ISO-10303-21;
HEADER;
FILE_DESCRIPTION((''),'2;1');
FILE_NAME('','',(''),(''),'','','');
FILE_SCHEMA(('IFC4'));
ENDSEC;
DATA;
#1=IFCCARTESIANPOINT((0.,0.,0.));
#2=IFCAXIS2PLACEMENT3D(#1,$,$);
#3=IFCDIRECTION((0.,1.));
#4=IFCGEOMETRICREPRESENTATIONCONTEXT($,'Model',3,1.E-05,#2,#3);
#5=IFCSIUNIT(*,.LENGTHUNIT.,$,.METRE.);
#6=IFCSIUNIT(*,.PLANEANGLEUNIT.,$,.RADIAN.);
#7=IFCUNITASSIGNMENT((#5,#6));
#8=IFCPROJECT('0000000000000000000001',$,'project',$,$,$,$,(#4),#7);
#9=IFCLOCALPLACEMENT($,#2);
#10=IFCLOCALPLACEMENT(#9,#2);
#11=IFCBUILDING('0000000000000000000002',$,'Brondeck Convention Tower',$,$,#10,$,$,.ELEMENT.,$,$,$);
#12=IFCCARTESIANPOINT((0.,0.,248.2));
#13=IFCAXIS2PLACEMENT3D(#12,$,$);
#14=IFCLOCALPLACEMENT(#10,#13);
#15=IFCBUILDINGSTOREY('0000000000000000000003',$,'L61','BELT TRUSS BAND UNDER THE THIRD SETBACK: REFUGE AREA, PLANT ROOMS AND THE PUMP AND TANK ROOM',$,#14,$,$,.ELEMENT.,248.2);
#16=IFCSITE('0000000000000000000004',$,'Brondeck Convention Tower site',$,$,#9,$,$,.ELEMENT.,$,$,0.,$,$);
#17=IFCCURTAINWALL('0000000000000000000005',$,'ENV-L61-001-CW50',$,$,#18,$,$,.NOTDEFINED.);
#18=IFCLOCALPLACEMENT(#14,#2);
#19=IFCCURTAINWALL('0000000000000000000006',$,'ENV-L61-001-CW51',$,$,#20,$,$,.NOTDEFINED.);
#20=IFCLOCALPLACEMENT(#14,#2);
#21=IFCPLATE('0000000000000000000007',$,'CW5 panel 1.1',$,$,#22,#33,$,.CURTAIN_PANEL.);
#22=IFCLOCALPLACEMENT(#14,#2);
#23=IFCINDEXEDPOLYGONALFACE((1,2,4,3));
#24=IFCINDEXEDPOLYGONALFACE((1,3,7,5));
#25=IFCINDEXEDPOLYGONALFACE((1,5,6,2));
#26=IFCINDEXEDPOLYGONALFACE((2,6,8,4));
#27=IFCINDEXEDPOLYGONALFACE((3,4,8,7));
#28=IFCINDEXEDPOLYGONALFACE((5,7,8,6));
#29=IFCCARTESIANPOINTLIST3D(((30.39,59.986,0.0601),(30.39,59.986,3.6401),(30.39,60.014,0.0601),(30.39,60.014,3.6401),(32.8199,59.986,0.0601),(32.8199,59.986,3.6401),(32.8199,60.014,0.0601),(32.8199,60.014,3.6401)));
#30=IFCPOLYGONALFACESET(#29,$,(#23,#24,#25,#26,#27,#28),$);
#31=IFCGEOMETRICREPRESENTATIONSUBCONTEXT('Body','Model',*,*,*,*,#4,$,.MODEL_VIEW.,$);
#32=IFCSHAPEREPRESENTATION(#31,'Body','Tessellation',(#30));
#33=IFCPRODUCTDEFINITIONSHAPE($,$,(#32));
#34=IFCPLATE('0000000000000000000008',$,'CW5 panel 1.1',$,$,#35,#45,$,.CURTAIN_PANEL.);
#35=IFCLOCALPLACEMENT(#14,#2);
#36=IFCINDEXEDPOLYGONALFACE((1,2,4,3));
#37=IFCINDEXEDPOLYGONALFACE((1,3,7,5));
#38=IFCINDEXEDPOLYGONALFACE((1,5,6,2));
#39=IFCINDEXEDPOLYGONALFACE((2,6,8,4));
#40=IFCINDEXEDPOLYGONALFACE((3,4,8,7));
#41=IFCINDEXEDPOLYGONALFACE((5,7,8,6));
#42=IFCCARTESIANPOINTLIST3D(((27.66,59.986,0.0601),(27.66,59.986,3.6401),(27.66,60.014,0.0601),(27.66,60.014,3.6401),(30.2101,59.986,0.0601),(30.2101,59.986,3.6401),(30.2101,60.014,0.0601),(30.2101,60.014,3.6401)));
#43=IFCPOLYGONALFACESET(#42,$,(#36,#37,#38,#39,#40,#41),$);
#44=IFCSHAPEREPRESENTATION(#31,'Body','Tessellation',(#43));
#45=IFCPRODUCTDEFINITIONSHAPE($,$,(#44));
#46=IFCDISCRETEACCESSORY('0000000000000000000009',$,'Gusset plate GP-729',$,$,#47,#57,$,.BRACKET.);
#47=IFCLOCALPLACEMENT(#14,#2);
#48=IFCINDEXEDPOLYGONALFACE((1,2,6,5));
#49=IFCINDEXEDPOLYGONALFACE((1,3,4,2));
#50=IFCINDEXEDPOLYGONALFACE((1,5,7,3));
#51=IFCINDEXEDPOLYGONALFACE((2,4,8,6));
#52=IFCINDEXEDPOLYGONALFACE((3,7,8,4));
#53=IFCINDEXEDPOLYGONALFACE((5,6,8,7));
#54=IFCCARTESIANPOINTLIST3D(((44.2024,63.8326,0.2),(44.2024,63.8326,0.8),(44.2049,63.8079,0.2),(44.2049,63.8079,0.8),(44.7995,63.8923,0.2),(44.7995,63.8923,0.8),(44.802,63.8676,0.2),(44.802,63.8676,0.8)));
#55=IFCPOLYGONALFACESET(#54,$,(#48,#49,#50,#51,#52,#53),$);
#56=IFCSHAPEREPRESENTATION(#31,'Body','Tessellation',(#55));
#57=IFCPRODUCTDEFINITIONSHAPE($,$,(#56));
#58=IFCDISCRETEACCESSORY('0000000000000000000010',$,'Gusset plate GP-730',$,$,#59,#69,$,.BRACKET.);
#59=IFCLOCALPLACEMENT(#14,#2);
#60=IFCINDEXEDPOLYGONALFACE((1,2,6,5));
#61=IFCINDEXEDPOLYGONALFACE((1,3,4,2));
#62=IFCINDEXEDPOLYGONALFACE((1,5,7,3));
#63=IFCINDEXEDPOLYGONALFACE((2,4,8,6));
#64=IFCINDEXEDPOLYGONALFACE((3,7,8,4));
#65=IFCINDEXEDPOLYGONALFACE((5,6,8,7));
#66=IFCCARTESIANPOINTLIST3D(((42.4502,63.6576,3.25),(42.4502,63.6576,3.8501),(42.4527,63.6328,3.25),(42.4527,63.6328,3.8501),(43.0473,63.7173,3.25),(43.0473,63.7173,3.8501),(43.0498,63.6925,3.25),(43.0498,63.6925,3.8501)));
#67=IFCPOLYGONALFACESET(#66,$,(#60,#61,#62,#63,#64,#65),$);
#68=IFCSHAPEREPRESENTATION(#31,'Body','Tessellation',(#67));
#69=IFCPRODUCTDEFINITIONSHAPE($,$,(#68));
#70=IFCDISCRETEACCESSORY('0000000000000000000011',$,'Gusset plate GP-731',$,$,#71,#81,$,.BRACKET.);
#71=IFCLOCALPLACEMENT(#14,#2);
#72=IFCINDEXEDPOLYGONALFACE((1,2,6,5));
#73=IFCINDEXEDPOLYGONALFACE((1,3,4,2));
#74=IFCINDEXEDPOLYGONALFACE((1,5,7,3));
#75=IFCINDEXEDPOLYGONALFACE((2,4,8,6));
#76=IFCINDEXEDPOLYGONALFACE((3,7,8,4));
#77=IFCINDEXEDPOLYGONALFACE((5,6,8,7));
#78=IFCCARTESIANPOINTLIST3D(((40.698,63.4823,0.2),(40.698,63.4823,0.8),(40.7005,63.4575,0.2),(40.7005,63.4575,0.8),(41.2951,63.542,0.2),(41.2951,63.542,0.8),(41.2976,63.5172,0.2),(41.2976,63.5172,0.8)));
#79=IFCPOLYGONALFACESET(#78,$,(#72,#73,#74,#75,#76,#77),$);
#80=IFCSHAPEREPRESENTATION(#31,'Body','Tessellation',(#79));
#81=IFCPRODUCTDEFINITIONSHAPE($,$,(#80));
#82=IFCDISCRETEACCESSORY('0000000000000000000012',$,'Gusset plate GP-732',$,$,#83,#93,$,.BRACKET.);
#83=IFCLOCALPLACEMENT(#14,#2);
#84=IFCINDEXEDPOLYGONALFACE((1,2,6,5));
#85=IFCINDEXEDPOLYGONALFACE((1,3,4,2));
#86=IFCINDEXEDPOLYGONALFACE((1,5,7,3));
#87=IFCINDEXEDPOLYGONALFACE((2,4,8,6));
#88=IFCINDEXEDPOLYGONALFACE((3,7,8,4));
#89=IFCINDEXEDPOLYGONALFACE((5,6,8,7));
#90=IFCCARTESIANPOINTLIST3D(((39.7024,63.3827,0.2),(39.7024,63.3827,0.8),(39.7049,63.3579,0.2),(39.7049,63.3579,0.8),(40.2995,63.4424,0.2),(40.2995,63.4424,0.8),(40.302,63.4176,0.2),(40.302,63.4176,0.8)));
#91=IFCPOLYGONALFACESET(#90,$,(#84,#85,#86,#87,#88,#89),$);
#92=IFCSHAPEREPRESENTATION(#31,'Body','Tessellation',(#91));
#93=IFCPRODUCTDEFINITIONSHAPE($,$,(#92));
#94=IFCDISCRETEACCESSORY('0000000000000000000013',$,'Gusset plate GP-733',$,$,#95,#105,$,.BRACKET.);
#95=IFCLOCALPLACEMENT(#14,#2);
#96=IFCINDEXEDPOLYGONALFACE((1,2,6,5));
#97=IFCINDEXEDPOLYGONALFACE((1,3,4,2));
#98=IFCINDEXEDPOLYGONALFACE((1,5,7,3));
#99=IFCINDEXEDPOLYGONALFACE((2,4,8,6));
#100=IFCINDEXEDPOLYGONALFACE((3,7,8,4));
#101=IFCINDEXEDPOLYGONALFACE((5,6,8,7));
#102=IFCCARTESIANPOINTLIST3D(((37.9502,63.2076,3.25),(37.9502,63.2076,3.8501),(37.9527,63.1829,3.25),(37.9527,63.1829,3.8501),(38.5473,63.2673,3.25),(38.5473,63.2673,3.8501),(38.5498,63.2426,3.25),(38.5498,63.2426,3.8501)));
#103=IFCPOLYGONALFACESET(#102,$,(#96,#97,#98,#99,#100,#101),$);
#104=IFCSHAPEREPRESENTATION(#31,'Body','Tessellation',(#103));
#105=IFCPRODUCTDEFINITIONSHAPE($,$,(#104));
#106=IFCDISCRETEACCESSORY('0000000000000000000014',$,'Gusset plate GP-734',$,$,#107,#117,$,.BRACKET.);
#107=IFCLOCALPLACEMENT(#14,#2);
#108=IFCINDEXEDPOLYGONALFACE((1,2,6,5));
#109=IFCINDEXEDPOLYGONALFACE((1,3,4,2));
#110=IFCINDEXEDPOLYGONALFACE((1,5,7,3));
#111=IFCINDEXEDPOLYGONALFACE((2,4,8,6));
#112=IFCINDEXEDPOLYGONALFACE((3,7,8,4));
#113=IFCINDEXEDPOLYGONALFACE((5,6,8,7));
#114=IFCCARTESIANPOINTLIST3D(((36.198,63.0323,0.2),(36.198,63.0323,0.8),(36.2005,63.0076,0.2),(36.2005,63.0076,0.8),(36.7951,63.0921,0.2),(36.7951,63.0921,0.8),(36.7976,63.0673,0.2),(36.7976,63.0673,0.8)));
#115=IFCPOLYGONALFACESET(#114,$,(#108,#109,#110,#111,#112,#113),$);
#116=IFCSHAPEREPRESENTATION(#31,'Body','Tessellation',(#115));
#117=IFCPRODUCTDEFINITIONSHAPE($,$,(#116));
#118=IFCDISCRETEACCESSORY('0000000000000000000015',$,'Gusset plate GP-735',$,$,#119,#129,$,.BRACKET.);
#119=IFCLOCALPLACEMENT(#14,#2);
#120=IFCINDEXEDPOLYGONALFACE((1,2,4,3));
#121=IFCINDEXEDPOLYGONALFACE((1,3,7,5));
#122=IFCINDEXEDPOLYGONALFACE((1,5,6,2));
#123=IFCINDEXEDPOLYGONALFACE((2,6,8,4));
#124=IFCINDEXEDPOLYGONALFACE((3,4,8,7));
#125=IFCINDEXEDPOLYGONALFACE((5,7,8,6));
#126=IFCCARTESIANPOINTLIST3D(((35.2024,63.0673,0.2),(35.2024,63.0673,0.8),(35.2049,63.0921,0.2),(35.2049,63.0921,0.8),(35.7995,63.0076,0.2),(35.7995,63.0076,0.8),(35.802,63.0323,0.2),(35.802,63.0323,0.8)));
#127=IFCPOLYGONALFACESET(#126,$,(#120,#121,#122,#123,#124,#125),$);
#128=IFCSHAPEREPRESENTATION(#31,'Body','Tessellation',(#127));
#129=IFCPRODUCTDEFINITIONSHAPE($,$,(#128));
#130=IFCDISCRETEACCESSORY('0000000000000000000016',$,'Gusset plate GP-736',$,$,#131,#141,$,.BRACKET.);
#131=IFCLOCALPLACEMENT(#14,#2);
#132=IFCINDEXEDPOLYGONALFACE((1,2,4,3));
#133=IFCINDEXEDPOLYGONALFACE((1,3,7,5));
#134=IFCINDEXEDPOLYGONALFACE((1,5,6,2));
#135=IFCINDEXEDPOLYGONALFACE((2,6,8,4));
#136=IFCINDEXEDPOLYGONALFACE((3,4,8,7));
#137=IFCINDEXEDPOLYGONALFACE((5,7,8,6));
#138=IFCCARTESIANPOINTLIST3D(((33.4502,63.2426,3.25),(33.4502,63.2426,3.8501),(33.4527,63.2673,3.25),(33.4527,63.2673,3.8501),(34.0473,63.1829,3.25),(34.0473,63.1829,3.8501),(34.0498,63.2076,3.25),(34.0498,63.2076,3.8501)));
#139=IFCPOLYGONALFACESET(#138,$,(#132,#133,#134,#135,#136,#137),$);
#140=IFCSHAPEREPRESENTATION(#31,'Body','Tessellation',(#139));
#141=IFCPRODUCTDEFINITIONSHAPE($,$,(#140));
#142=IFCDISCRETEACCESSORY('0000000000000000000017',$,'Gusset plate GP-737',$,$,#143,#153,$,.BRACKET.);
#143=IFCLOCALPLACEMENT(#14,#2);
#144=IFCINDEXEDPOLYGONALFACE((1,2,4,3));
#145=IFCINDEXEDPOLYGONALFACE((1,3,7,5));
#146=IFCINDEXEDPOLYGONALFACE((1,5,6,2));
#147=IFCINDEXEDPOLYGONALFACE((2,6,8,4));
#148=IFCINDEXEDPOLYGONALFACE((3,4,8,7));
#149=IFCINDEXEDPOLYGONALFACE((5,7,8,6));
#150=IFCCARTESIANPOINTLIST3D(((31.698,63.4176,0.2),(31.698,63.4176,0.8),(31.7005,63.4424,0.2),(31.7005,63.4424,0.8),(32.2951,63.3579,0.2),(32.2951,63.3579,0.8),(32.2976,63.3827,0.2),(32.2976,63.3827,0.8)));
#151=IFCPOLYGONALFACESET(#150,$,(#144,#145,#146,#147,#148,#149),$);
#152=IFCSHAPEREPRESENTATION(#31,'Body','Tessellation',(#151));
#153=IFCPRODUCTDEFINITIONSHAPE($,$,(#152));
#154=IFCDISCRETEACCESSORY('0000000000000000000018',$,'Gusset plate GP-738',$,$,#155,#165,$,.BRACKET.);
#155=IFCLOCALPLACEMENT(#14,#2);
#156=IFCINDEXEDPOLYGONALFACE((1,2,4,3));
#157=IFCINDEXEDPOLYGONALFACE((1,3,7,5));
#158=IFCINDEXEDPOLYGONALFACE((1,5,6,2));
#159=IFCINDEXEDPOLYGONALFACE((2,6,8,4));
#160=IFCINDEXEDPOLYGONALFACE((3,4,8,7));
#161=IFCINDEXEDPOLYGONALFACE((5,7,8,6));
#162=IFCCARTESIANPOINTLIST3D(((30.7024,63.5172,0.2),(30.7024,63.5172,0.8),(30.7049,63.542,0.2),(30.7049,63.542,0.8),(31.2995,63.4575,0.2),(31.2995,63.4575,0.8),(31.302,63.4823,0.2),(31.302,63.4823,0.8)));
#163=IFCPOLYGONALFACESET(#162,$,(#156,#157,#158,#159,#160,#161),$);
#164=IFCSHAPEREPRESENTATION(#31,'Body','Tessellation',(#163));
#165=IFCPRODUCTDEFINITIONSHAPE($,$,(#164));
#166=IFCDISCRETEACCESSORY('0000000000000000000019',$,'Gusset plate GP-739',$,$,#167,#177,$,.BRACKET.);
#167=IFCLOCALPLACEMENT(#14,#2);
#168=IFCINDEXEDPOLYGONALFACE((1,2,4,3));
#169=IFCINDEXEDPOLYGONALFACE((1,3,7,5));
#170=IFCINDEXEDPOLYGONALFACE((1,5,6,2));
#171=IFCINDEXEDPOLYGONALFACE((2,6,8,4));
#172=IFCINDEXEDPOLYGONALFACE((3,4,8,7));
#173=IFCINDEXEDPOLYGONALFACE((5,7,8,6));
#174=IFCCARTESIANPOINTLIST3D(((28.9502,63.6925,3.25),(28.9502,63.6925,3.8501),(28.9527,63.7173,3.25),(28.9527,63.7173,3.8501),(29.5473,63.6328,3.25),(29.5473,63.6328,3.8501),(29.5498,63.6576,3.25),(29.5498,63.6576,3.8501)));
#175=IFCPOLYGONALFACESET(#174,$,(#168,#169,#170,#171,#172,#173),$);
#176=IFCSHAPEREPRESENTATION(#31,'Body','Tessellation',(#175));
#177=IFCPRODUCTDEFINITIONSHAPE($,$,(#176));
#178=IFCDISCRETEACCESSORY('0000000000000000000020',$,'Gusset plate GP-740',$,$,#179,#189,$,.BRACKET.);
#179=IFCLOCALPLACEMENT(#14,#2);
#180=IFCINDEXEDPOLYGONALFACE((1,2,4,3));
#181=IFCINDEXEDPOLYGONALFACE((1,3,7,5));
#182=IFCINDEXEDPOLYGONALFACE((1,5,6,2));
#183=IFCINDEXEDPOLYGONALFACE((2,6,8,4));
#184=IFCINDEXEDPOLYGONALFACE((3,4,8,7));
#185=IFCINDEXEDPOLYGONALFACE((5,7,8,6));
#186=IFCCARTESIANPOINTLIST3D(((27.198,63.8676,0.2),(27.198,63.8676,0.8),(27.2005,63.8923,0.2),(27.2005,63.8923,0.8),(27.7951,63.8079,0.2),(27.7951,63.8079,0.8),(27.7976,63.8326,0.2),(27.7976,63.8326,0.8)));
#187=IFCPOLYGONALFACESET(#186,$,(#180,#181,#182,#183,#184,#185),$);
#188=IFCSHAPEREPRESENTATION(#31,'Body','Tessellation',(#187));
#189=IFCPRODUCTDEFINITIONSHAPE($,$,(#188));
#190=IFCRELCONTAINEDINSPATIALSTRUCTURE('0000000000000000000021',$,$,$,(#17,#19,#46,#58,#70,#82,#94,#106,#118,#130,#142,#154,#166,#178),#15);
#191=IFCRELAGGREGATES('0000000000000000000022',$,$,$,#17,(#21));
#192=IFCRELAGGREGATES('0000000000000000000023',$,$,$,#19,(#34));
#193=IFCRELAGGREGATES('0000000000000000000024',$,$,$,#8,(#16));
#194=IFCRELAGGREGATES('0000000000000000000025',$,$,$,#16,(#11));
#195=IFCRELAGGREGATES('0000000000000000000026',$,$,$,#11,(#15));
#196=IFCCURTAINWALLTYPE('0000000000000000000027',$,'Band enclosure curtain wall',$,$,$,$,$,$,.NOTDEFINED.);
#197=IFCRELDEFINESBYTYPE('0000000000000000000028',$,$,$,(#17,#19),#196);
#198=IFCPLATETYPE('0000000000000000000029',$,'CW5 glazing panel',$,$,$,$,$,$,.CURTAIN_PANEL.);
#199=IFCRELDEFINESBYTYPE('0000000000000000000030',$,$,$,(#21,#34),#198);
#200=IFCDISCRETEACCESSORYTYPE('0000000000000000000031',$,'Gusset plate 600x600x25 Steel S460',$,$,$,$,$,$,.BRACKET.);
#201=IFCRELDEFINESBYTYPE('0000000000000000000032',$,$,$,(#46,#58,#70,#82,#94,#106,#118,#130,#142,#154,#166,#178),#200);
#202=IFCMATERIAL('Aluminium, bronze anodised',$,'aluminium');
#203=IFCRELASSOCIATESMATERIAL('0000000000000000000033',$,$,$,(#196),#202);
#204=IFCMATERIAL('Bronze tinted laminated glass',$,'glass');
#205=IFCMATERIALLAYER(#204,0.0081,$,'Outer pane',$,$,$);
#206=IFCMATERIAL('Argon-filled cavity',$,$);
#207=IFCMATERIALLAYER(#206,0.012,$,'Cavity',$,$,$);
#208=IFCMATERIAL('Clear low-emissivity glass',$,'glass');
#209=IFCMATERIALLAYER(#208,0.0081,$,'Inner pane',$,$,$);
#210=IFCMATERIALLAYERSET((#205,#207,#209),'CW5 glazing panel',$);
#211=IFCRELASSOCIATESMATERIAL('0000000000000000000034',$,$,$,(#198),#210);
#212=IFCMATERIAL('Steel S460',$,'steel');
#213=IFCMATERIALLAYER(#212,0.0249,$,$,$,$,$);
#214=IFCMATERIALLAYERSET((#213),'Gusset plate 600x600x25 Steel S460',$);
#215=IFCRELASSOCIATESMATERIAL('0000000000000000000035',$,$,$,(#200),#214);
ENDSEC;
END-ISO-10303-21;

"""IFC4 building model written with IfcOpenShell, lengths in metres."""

from ifc_helpers import new_model, si_unit, direction, frame, origin, origin_2d, place, context, subcontext, project, spatial, rectangle, extrude, material, layer, layer_set, type_object, element, aggregate, save


model = new_model("IFC4")

# Units and contexts
model_context = context("Model", 3, precision=1e-05, world=origin(), true_north=direction((0.0, 1.0)))
body_context = subcontext(model_context, "Body", "Model", "MODEL_VIEW")
ifc_project = project(units=[si_unit("LENGTHUNIT", "METRE"), si_unit("PLANEANGLEUNIT", "RADIAN")], contexts=[model_context])

# Site, building, storey
site_placement = place(None, origin())
site = spatial("IfcSite", under=ifc_project, at=site_placement, Name="Brondeck Convention Tower site", CompositionType="ELEMENT", RefElevation=0.0)
building_placement = place(site_placement, origin())
building = spatial("IfcBuilding", under=site, at=building_placement, Name="Brondeck Convention Tower", CompositionType="ELEMENT")
storey_placement = place(building_placement, frame((0.0, 0.0, 248.2)))
storey = spatial("IfcBuildingStorey", under=building, at=storey_placement, Name="L61", Description="BELT TRUSS BAND UNDER THE THIRD SETBACK: REFUGE AREA, PLANT ROOMS AND THE PUMP AND TANK ROOM", CompositionType="ELEMENT", Elevation=248.2)

# Curtain wall
ifc_material_1 = material(Name="Aluminium, bronze anodised", Category="aluminium")
curtain_wall_type = type_object("IfcCurtainWallType", Name="Band enclosure curtain wall", PredefinedType="NOTDEFINED", material=ifc_material_1)
curtain_wall_1_placement = place(storey_placement, origin())
curtain_wall_1 = element("IfcCurtainWall", 1, at=curtain_wall_1_placement, inside=storey, type_object=curtain_wall_type, Name="ENV-L61-001-CW50", PredefinedType="NOTDEFINED")

# Curtain wall
curtain_wall_2_placement = place(storey_placement, origin())
curtain_wall_2 = element("IfcCurtainWall", 2, at=curtain_wall_2_placement, inside=storey, type_object=curtain_wall_type, Name="ENV-L61-001-CW51", PredefinedType="NOTDEFINED")

# Shared definitions
ifc_material_2 = material(Name="Steel S460", Category="steel")

# Plates
ifc_material_3 = material(Name="Bronze tinted laminated glass", Category="glass")
ifc_layer_1 = layer(ifc_material_3, 0.0081, Name="Outer pane")
ifc_material_4 = material(Name="Argon-filled cavity")
ifc_layer_2 = layer(ifc_material_4, 0.012, Name="Cavity")
ifc_material_5 = material(Name="Clear low-emissivity glass", Category="glass")
ifc_layer_3 = layer(ifc_material_5, 0.0081, Name="Inner pane")
ifc_layer_set_1 = layer_set([ifc_layer_1, ifc_layer_2, ifc_layer_3], Name="CW5 glazing panel")
plate_type = type_object("IfcPlateType", Name="CW5 glazing panel", PredefinedType="CURTAIN_PANEL", material=ifc_layer_set_1)
plate_1_placement = place(storey_placement, frame((31.605, 60.0, 0.0601), z_axis=(0.0, 0.0, 1.0), x_axis=(1.0, 0.0, 0.0)))
plate_1 = element("IfcPlate", 3, at=plate_1_placement, type_object=plate_type, Name="CW5 panel 1.1", PredefinedType="CURTAIN_PANEL", context=body_context, shape_type="SweptSolid", body=[
    extrude(rectangle(XDim=2.4299, YDim=0.0281, at=origin_2d()), origin(), (0.0, 0.0, 1.0), 3.5801),
])
aggregate(curtain_wall_1, [plate_1])
plate_2_placement = place(storey_placement, frame((28.9351, 60.0, 0.0601), z_axis=(0.0, 0.0, 1.0), x_axis=(1.0, 0.0, 0.0)))
plate_2 = element("IfcPlate", 4, at=plate_2_placement, type_object=plate_type, Name="CW5 panel 1.1", PredefinedType="CURTAIN_PANEL", context=body_context, shape_type="SweptSolid", body=[
    extrude(rectangle(XDim=2.55, YDim=0.0281, at=origin_2d()), origin(), (0.0, 0.0, 1.0), 3.5801),
])
aggregate(curtain_wall_2, [plate_2])

# Discrete accessories
ifc_layer_4 = layer(ifc_material_2, 0.0249)
ifc_layer_set_2 = layer_set([ifc_layer_4], Name="Gusset plate 600x600x25 Steel S460")
discrete_accessory_type = type_object("IfcDiscreteAccessoryType", Name="Gusset plate 600x600x25 Steel S460", PredefinedType="BRACKET", material=ifc_layer_set_2)
for number, where, z_axis, x_axis, name in (
    (5, (44.5022, 63.8501, 0.2), (0.0, 0.0, 1.0), (0.995036, 0.099511, 0.0), "Gusset plate GP-729"),
    (6, (42.75, 63.675, 3.25), (0.0, 0.0, 1.0), (0.995036, 0.099511, 0.0), "Gusset plate GP-730"),
    (7, (40.9978, 63.4998, 0.2), (0.0, 0.0, 1.0), (0.995036, 0.099511, 0.0), "Gusset plate GP-731"),
    (8, (40.0022, 63.4001, 0.2), (0.0, 0.0, 1.0), (0.995036, 0.099511, 0.0), "Gusset plate GP-732"),
    (9, (38.25, 63.2251, 3.25), (0.0, 0.0, 1.0), (0.995036, 0.099511, 0.0), "Gusset plate GP-733"),
    (10, (36.4978, 63.0498, 0.2), (0.0, 0.0, 1.0), (0.995036, 0.099511, 0.0), "Gusset plate GP-734"),
    (11, (35.5022, 63.0498, 0.2), (0.0, 0.0, 1.0), (-0.995036, 0.099511, 0.0), "Gusset plate GP-735"),
    (12, (33.75, 63.2251, 3.25), (0.0, 0.0, 1.0), (-0.995036, 0.099511, 0.0), "Gusset plate GP-736"),
    (13, (31.9978, 63.4001, 0.2), (0.0, 0.0, 1.0), (-0.995036, 0.099511, 0.0), "Gusset plate GP-737"),
    (14, (31.0022, 63.4998, 0.2), (0.0, 0.0, 1.0), (-0.995036, 0.099511, 0.0), "Gusset plate GP-738"),
    (15, (29.25, 63.675, 3.25), (0.0, 0.0, 1.0), (-0.995036, 0.099511, 0.0), "Gusset plate GP-739"),
    (16, (27.4978, 63.8501, 0.2), (0.0, 0.0, 1.0), (-0.995036, 0.099511, 0.0), "Gusset plate GP-740"),
):
    element("IfcDiscreteAccessory", number, at=place(storey_placement, frame(where, z_axis=z_axis, x_axis=x_axis)), inside=storey, type_object=discrete_accessory_type, Name=name, PredefinedType="BRACKET", context=body_context, shape_type="SweptSolid", body=[
        extrude(rectangle(XDim=0.6001, YDim=0.0249, at=origin_2d()), origin(), (0.0, 0.0, 1.0), 0.6001),
    ])

save(model, "model.ifc")
